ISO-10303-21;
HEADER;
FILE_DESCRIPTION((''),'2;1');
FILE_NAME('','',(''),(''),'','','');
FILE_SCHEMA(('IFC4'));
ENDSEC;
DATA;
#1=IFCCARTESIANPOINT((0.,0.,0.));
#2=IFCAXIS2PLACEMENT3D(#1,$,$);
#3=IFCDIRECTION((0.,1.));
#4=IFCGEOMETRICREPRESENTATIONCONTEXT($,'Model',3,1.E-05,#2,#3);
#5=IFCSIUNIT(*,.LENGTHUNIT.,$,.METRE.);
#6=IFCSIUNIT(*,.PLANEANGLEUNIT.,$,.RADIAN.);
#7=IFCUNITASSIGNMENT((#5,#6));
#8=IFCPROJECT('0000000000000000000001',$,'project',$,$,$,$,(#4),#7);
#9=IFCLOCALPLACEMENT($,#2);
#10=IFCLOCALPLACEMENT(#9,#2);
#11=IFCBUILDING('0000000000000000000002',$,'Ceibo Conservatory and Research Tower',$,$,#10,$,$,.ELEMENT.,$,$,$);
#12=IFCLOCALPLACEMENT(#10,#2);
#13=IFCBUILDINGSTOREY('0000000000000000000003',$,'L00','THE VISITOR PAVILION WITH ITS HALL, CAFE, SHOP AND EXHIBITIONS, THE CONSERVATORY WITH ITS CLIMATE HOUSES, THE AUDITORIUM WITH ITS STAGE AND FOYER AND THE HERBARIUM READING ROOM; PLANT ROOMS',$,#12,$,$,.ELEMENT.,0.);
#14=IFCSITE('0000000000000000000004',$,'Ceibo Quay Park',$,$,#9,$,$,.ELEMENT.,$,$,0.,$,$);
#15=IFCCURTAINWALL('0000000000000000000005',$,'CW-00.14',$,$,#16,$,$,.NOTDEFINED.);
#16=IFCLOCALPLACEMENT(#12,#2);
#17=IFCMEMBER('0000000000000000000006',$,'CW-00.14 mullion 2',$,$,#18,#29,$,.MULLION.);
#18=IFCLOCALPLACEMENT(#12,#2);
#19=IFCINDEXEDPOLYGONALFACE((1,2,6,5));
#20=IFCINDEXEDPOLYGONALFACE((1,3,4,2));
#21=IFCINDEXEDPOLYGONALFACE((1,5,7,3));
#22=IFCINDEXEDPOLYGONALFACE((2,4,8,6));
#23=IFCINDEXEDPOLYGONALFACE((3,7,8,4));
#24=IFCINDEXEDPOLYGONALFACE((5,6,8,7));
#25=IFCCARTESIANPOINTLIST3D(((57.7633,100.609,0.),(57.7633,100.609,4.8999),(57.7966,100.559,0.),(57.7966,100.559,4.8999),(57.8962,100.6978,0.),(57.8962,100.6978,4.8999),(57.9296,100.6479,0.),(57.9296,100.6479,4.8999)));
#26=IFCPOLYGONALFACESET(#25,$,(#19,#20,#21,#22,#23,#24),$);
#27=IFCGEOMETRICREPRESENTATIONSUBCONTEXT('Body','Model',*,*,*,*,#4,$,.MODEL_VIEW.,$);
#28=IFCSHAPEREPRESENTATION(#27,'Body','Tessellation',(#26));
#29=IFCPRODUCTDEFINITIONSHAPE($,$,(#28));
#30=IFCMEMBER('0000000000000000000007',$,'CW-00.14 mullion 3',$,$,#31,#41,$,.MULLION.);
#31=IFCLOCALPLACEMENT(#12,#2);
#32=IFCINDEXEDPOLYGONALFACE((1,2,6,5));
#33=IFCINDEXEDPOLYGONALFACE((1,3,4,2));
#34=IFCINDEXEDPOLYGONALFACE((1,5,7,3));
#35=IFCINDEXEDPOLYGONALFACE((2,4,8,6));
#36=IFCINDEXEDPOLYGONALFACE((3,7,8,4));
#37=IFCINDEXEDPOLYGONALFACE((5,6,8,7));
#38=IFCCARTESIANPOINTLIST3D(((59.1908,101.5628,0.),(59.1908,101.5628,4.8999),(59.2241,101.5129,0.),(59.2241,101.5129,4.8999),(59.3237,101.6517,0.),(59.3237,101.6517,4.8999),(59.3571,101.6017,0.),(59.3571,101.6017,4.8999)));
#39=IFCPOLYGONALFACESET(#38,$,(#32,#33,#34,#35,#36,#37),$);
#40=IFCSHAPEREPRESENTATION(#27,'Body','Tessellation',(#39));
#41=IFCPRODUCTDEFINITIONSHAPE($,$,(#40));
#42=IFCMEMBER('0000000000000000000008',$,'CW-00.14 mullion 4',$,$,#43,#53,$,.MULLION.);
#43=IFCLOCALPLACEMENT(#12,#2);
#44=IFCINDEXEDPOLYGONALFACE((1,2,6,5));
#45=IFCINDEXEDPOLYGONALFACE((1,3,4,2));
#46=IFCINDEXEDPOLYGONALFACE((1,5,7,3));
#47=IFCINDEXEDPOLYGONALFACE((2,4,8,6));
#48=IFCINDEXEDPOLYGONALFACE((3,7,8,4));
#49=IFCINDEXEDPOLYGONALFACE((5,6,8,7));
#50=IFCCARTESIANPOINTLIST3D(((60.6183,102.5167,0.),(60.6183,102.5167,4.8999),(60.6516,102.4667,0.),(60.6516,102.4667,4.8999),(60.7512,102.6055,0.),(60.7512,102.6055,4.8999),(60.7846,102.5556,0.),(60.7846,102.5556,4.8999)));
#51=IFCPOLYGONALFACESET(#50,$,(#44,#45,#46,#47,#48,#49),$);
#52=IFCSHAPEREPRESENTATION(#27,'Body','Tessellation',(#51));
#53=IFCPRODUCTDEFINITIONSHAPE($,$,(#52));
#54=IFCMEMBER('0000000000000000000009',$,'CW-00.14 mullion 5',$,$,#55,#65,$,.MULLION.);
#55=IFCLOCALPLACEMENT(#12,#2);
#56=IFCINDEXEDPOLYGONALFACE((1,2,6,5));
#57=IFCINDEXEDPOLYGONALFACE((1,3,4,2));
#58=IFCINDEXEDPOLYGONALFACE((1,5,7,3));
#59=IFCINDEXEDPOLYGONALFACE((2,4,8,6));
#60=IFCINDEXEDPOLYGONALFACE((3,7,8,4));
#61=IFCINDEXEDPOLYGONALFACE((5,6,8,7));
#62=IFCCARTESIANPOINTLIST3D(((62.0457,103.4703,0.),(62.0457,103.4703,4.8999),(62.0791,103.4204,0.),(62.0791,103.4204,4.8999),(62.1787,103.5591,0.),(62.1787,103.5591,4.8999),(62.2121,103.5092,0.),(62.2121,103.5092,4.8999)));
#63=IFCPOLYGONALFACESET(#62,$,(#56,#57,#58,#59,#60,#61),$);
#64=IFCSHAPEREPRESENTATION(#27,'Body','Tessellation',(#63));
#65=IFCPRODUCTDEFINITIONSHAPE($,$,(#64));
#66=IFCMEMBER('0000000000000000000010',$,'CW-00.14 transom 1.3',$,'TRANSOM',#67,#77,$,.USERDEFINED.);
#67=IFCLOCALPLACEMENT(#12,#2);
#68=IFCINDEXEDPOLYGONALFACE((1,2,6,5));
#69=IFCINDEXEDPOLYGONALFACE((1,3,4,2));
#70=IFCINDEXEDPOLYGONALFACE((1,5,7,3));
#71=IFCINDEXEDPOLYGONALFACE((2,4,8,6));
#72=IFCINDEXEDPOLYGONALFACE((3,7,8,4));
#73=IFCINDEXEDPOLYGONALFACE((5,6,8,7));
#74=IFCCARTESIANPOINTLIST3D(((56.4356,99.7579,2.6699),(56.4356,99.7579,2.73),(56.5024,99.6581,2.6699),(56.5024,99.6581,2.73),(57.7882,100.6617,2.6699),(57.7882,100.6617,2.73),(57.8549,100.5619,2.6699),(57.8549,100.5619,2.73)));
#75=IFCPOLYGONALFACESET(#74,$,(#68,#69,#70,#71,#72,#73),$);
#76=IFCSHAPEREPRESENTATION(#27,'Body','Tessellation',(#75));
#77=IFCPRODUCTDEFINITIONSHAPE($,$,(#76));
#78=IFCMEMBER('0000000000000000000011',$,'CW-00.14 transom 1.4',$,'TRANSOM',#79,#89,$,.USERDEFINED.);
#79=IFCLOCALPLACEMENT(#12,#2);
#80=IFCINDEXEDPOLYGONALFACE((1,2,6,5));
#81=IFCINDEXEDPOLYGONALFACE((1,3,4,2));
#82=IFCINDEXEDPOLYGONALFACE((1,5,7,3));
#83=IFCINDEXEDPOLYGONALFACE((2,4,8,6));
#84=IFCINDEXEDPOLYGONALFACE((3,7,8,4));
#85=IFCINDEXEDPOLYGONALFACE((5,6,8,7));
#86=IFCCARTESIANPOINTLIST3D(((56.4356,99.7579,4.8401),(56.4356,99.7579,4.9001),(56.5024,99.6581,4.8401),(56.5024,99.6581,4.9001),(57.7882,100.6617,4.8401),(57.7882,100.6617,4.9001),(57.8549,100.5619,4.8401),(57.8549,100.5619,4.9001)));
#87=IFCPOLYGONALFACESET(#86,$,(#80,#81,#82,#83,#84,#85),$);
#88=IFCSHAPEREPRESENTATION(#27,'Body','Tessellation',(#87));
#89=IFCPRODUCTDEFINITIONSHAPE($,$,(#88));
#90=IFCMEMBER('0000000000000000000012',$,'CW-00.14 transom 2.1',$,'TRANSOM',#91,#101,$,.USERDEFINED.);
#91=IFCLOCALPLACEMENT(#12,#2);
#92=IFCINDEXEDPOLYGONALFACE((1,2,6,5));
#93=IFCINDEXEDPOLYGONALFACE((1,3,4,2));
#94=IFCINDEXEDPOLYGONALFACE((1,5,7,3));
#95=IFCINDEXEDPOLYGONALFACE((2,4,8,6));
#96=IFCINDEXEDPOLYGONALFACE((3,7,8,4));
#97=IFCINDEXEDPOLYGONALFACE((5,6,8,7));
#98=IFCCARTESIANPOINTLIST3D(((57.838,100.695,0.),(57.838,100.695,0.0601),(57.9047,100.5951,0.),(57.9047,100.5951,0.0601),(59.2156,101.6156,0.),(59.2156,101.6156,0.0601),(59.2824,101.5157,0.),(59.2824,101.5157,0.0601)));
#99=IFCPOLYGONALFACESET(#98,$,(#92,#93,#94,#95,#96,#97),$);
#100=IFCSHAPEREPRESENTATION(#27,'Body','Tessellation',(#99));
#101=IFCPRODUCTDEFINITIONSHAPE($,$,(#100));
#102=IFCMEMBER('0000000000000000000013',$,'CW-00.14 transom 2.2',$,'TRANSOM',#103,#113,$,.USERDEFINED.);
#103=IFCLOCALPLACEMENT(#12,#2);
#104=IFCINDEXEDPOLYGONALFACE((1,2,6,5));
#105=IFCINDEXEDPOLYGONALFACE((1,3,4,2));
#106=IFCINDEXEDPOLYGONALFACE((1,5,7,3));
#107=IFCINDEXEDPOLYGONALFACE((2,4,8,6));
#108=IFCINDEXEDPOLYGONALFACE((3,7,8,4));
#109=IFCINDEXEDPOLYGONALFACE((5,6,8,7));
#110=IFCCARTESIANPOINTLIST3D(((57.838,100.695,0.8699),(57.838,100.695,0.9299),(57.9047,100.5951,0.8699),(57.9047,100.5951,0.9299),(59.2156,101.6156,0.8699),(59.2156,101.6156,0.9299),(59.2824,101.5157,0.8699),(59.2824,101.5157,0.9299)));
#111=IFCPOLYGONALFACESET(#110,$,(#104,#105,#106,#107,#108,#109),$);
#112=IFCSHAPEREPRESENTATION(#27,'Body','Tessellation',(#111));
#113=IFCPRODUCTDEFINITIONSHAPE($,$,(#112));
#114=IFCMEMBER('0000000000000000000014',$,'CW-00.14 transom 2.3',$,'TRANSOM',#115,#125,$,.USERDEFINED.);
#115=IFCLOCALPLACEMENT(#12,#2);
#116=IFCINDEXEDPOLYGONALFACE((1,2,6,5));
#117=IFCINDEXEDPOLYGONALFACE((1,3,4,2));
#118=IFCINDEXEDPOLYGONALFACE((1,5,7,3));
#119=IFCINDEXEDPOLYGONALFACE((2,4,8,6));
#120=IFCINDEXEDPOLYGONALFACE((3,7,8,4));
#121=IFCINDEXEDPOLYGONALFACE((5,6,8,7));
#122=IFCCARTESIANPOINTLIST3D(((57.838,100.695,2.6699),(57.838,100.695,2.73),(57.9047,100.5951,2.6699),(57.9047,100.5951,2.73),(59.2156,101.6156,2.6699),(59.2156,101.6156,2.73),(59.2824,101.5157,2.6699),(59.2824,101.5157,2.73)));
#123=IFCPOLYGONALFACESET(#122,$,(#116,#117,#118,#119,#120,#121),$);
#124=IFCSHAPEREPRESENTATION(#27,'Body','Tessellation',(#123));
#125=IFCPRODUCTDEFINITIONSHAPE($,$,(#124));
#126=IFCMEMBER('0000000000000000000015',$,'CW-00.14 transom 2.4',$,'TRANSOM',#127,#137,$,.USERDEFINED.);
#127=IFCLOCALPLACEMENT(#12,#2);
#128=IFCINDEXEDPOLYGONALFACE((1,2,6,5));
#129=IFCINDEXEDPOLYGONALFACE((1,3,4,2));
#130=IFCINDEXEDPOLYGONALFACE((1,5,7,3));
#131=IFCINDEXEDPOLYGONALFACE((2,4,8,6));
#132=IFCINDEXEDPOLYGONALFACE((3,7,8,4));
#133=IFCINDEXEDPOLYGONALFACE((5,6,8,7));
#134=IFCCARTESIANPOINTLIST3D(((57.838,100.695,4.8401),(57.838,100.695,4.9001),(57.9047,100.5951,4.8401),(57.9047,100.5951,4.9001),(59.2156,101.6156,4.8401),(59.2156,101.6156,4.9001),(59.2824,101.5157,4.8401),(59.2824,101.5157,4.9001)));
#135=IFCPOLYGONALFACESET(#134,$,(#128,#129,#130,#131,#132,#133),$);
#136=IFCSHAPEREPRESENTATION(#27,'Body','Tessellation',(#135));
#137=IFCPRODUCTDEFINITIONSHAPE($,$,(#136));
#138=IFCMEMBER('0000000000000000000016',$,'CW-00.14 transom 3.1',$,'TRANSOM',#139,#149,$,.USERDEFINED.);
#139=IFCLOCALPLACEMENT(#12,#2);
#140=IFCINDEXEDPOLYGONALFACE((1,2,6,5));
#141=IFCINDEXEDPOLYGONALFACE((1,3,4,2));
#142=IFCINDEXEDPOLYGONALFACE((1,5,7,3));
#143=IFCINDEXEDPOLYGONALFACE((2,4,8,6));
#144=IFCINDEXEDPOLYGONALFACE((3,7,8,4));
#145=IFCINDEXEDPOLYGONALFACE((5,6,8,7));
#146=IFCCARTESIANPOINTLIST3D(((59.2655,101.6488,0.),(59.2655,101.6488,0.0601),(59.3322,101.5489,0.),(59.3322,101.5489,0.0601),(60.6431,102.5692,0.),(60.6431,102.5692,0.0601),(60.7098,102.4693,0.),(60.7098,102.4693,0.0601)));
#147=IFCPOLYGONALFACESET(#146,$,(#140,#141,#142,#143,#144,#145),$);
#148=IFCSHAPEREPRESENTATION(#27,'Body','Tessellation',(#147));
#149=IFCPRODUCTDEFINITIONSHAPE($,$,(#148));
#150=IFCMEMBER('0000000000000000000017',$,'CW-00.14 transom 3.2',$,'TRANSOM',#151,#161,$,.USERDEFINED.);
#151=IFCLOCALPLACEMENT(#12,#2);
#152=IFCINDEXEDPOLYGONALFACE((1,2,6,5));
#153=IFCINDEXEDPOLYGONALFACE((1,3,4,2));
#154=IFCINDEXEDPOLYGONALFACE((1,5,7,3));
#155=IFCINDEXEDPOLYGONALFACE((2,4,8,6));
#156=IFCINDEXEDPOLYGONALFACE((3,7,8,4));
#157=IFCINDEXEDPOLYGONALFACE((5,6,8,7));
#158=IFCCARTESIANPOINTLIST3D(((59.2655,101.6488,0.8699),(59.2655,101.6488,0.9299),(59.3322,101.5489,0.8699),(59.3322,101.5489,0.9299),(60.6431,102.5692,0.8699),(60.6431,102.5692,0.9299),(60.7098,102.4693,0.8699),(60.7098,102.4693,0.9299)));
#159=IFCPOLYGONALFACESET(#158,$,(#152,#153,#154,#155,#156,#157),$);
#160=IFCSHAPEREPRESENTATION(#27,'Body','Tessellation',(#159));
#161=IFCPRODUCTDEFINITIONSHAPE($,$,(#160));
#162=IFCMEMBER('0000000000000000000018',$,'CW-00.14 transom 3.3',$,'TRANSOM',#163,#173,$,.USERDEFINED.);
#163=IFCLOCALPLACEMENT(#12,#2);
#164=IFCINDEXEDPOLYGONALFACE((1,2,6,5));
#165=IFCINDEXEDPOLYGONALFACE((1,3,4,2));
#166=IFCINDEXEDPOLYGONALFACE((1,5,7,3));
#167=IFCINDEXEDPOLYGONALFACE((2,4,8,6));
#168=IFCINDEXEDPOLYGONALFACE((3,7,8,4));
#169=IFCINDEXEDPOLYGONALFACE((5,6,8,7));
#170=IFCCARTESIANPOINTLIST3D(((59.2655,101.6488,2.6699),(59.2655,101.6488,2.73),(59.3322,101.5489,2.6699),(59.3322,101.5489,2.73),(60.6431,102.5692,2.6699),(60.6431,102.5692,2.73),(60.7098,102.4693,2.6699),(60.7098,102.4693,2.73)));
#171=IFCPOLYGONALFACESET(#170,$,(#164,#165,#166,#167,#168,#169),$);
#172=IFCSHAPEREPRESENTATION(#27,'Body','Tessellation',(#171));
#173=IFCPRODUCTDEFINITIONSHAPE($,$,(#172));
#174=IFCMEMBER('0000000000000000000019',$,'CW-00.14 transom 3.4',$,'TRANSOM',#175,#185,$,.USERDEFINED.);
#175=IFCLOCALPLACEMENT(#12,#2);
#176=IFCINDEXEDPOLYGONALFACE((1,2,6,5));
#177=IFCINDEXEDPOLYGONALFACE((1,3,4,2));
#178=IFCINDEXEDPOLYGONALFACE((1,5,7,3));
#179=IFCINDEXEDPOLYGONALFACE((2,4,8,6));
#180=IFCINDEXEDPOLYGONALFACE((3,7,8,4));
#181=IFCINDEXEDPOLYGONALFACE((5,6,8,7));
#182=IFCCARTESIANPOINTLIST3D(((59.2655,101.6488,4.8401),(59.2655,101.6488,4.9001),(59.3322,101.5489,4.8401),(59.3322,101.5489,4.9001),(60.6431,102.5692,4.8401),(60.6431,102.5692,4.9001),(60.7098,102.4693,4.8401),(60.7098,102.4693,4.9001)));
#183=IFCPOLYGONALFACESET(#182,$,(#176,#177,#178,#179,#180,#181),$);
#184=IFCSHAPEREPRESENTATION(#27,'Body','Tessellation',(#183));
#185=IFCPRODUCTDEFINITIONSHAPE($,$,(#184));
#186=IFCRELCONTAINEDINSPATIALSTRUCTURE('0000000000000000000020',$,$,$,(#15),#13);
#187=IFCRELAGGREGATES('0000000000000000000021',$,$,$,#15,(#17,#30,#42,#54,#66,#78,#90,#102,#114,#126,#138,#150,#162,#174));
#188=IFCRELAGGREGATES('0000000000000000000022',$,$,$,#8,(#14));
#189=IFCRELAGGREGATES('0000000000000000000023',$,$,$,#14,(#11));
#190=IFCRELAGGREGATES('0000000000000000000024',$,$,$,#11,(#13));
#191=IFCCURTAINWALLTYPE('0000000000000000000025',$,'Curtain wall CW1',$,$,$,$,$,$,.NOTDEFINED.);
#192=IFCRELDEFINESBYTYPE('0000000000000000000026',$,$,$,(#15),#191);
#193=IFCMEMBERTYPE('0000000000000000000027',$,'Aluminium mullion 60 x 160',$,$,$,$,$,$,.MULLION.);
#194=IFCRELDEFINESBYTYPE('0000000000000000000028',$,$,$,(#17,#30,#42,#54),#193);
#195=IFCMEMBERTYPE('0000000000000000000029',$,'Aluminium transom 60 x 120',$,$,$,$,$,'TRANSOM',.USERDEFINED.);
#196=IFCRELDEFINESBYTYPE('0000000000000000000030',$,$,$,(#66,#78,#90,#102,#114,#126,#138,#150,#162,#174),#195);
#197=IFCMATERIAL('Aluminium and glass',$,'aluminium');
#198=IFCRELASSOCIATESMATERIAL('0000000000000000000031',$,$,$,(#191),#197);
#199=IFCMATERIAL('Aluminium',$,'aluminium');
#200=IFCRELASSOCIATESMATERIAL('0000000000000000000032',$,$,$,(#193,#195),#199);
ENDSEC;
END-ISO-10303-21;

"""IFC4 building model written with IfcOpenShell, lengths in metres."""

from ifc_helpers import new_model, si_unit, direction, frame, origin, origin_2d, place, context, subcontext, project, spatial, rectangle, extrude, material, material_profile, profile_set, type_object, element, aggregate, save


model = new_model("IFC4")

# Units and contexts
model_context = context("Model", 3, precision=1e-05, world=origin(), true_north=direction((0.0, 1.0)))
body_context = subcontext(model_context, "Body", "Model", "MODEL_VIEW")
ifc_project = project(units=[si_unit("LENGTHUNIT", "METRE"), si_unit("PLANEANGLEUNIT", "RADIAN")], contexts=[model_context])

# Site, building, storey
site_placement = place(None, origin())
site = spatial("IfcSite", under=ifc_project, at=site_placement, Name="Ceibo Quay Park", CompositionType="ELEMENT", RefElevation=0.0)
building_placement = place(site_placement, origin())
building = spatial("IfcBuilding", under=site, at=building_placement, Name="Ceibo Conservatory and Research Tower", CompositionType="ELEMENT")
storey_placement = place(building_placement, origin())
storey = spatial("IfcBuildingStorey", under=building, at=storey_placement, Name="L00", Description="THE VISITOR PAVILION WITH ITS HALL, CAFE, SHOP AND EXHIBITIONS, THE CONSERVATORY WITH ITS CLIMATE HOUSES, THE AUDITORIUM WITH ITS STAGE AND FOYER AND THE HERBARIUM READING ROOM; PLANT ROOMS", CompositionType="ELEMENT", Elevation=0.0)

# Curtain wall, members
ifc_material_1 = material(Name="Aluminium and glass", Category="aluminium")
curtain_wall_type = type_object("IfcCurtainWallType", Name="Curtain wall CW1", PredefinedType="NOTDEFINED", material=ifc_material_1)
curtain_wall_placement = place(storey_placement, origin())
curtain_wall = element("IfcCurtainWall", 1, at=curtain_wall_placement, inside=storey, type_object=curtain_wall_type, Name="CW-00.14", PredefinedType="NOTDEFINED")
ifc_material_2 = material(Name="Aluminium", Category="aluminium")
ifc_material_profile_1 = material_profile(ifc_material_2, rectangle(XDim=0.0601, YDim=0.1599, at=origin_2d()), Name="Aluminium 60 x 160")
ifc_profile_set_1 = profile_set([ifc_material_profile_1], Name="Aluminium")
member_type_1 = type_object("IfcMemberType", Name="Aluminium mullion 60 x 160", PredefinedType="MULLION", material=ifc_profile_set_1)
member_1_placement = place(storey_placement, frame((57.8464, 100.6284, 0.0), z_axis=(0.0, 0.0, 1.0), x_axis=(-0.55557, 0.83147, 0.0)))
member_1 = element("IfcMember", 2, at=member_1_placement, type_object=member_type_1, Name="CW-00.14 mullion 2", PredefinedType="MULLION", context=body_context, shape_type="SweptSolid", body=[
    extrude(rectangle(XDim=0.0601, YDim=0.1599, at=origin_2d()), origin(), (0.0, 0.0, 1.0), 4.8999),
])
member_2_placement = place(storey_placement, frame((59.2739, 101.5823, 0.0), z_axis=(0.0, 0.0, 1.0), x_axis=(-0.55557, 0.83147, 0.0)))
member_2 = element("IfcMember", 3, at=member_2_placement, type_object=member_type_1, Name="CW-00.14 mullion 3", PredefinedType="MULLION", context=body_context, shape_type="SweptSolid", body=[
    extrude(rectangle(XDim=0.0601, YDim=0.1599, at=origin_2d()), origin(), (0.0, 0.0, 1.0), 4.8999),
])
member_3_placement = place(storey_placement, frame((60.7014, 102.5361, 0.0), z_axis=(0.0, 0.0, 1.0), x_axis=(-0.55557, 0.83147, 0.0)))
member_3 = element("IfcMember", 4, at=member_3_placement, type_object=member_type_1, Name="CW-00.14 mullion 4", PredefinedType="MULLION", context=body_context, shape_type="SweptSolid", body=[
    extrude(rectangle(XDim=0.0601, YDim=0.1599, at=origin_2d()), origin(), (0.0, 0.0, 1.0), 4.8999),
])
member_4_placement = place(storey_placement, frame((62.1289, 103.4897, 0.0), z_axis=(0.0, 0.0, 1.0), x_axis=(-0.55557, 0.83147, 0.0)))
member_4 = element("IfcMember", 5, at=member_4_placement, type_object=member_type_1, Name="CW-00.14 mullion 5", PredefinedType="MULLION", context=body_context, shape_type="SweptSolid", body=[
    extrude(rectangle(XDim=0.0601, YDim=0.1599, at=origin_2d()), origin(), (0.0, 0.0, 1.0), 4.8999),
])
ifc_material_profile_2 = material_profile(ifc_material_2, rectangle(XDim=0.1201, YDim=0.0601, at=origin_2d()), Name="Aluminium 60 x 120")
ifc_profile_set_2 = profile_set([ifc_material_profile_2], Name="Aluminium")
member_type_2 = type_object("IfcMemberType", Name="Aluminium transom 60 x 120", ElementType="TRANSOM", PredefinedType="USERDEFINED", material=ifc_profile_set_2)
member_5_placement = place(storey_placement, frame((56.469, 99.708, 2.7), z_axis=(0.831449, 0.5556, 0.0), x_axis=(-0.5556, 0.831449, 0.0)))
member_5 = element("IfcMember", 6, at=member_5_placement, type_object=member_type_2, Name="CW-00.14 transom 1.3", ObjectType="TRANSOM", PredefinedType="USERDEFINED", context=body_context, shape_type="SweptSolid", body=[
    extrude(rectangle(XDim=0.1201, YDim=0.0601, at=origin_2d()), origin(), (0.0, 0.0, 1.0), 1.6267),
])
member_6_placement = place(storey_placement, frame((56.469, 99.708, 4.8701), z_axis=(0.831449, 0.5556, 0.0), x_axis=(-0.5556, 0.831449, 0.0)))
member_6 = element("IfcMember", 7, at=member_6_placement, type_object=member_type_2, Name="CW-00.14 transom 1.4", ObjectType="TRANSOM", PredefinedType="USERDEFINED", context=body_context, shape_type="SweptSolid", body=[
    extrude(rectangle(XDim=0.1201, YDim=0.0601, at=origin_2d()), origin(), (0.0, 0.0, 1.0), 1.6267),
])
member_7_placement = place(storey_placement, frame((57.8713, 100.645, 0.03), z_axis=(0.831438, 0.555618, 0.0), x_axis=(-0.555618, 0.831438, 0.0)))
member_7 = element("IfcMember", 8, at=member_7_placement, type_object=member_type_2, Name="CW-00.14 transom 2.1", ObjectType="TRANSOM", PredefinedType="USERDEFINED", context=body_context, shape_type="SweptSolid", body=[
    extrude(rectangle(XDim=0.1201, YDim=0.0601, at=origin_2d()), origin(), (0.0, 0.0, 1.0), 1.657),
])
member_8_placement = place(storey_placement, frame((57.8713, 100.645, 0.8999), z_axis=(0.831438, 0.555618, 0.0), x_axis=(-0.555618, 0.831438, 0.0)))
member_8 = element("IfcMember", 9, at=member_8_placement, type_object=member_type_2, Name="CW-00.14 transom 2.2", ObjectType="TRANSOM", PredefinedType="USERDEFINED", context=body_context, shape_type="SweptSolid", body=[
    extrude(rectangle(XDim=0.1201, YDim=0.0601, at=origin_2d()), origin(), (0.0, 0.0, 1.0), 1.657),
])
member_9_placement = place(storey_placement, frame((57.8713, 100.645, 2.7), z_axis=(0.831438, 0.555618, 0.0), x_axis=(-0.555618, 0.831438, 0.0)))
member_9 = element("IfcMember", 10, at=member_9_placement, type_object=member_type_2, Name="CW-00.14 transom 2.3", ObjectType="TRANSOM", PredefinedType="USERDEFINED", context=body_context, shape_type="SweptSolid", body=[
    extrude(rectangle(XDim=0.1201, YDim=0.0601, at=origin_2d()), origin(), (0.0, 0.0, 1.0), 1.657),
])
member_10_placement = place(storey_placement, frame((57.8713, 100.645, 4.8701), z_axis=(0.831438, 0.555618, 0.0), x_axis=(-0.555618, 0.831438, 0.0)))
member_10 = element("IfcMember", 11, at=member_10_placement, type_object=member_type_2, Name="CW-00.14 transom 2.4", ObjectType="TRANSOM", PredefinedType="USERDEFINED", context=body_context, shape_type="SweptSolid", body=[
    extrude(rectangle(XDim=0.1201, YDim=0.0601, at=origin_2d()), origin(), (0.0, 0.0, 1.0), 1.657),
])
member_11_placement = place(storey_placement, frame((59.2988, 101.5989, 0.03), z_axis=(0.831506, 0.555516, 0.0), x_axis=(-0.555516, 0.831506, 0.0)))
member_11 = element("IfcMember", 12, at=member_11_placement, type_object=member_type_2, Name="CW-00.14 transom 3.1", ObjectType="TRANSOM", PredefinedType="USERDEFINED", context=body_context, shape_type="SweptSolid", body=[
    extrude(rectangle(XDim=0.1201, YDim=0.0601, at=origin_2d()), origin(), (0.0, 0.0, 1.0), 1.6567),
])
member_12_placement = place(storey_placement, frame((59.2988, 101.5989, 0.8999), z_axis=(0.831506, 0.555516, 0.0), x_axis=(-0.555516, 0.831506, 0.0)))
member_12 = element("IfcMember", 13, at=member_12_placement, type_object=member_type_2, Name="CW-00.14 transom 3.2", ObjectType="TRANSOM", PredefinedType="USERDEFINED", context=body_context, shape_type="SweptSolid", body=[
    extrude(rectangle(XDim=0.1201, YDim=0.0601, at=origin_2d()), origin(), (0.0, 0.0, 1.0), 1.6567),
])
member_13_placement = place(storey_placement, frame((59.2988, 101.5989, 2.7), z_axis=(0.831506, 0.555516, 0.0), x_axis=(-0.555516, 0.831506, 0.0)))
member_13 = element("IfcMember", 14, at=member_13_placement, type_object=member_type_2, Name="CW-00.14 transom 3.3", ObjectType="TRANSOM", PredefinedType="USERDEFINED", context=body_context, shape_type="SweptSolid", body=[
    extrude(rectangle(XDim=0.1201, YDim=0.0601, at=origin_2d()), origin(), (0.0, 0.0, 1.0), 1.6567),
])
member_14_placement = place(storey_placement, frame((59.2988, 101.5989, 4.8701), z_axis=(0.831506, 0.555516, 0.0), x_axis=(-0.555516, 0.831506, 0.0)))
member_14 = element("IfcMember", 15, at=member_14_placement, type_object=member_type_2, Name="CW-00.14 transom 3.4", ObjectType="TRANSOM", PredefinedType="USERDEFINED", context=body_context, shape_type="SweptSolid", body=[
    extrude(rectangle(XDim=0.1201, YDim=0.0601, at=origin_2d()), origin(), (0.0, 0.0, 1.0), 1.6567),
])

aggregate(curtain_wall, [member_1, member_2, member_3, member_4, member_5, member_6, member_7, member_8, member_9, member_10, member_11, member_12, member_13, member_14])

save(model, "model.ifc")
